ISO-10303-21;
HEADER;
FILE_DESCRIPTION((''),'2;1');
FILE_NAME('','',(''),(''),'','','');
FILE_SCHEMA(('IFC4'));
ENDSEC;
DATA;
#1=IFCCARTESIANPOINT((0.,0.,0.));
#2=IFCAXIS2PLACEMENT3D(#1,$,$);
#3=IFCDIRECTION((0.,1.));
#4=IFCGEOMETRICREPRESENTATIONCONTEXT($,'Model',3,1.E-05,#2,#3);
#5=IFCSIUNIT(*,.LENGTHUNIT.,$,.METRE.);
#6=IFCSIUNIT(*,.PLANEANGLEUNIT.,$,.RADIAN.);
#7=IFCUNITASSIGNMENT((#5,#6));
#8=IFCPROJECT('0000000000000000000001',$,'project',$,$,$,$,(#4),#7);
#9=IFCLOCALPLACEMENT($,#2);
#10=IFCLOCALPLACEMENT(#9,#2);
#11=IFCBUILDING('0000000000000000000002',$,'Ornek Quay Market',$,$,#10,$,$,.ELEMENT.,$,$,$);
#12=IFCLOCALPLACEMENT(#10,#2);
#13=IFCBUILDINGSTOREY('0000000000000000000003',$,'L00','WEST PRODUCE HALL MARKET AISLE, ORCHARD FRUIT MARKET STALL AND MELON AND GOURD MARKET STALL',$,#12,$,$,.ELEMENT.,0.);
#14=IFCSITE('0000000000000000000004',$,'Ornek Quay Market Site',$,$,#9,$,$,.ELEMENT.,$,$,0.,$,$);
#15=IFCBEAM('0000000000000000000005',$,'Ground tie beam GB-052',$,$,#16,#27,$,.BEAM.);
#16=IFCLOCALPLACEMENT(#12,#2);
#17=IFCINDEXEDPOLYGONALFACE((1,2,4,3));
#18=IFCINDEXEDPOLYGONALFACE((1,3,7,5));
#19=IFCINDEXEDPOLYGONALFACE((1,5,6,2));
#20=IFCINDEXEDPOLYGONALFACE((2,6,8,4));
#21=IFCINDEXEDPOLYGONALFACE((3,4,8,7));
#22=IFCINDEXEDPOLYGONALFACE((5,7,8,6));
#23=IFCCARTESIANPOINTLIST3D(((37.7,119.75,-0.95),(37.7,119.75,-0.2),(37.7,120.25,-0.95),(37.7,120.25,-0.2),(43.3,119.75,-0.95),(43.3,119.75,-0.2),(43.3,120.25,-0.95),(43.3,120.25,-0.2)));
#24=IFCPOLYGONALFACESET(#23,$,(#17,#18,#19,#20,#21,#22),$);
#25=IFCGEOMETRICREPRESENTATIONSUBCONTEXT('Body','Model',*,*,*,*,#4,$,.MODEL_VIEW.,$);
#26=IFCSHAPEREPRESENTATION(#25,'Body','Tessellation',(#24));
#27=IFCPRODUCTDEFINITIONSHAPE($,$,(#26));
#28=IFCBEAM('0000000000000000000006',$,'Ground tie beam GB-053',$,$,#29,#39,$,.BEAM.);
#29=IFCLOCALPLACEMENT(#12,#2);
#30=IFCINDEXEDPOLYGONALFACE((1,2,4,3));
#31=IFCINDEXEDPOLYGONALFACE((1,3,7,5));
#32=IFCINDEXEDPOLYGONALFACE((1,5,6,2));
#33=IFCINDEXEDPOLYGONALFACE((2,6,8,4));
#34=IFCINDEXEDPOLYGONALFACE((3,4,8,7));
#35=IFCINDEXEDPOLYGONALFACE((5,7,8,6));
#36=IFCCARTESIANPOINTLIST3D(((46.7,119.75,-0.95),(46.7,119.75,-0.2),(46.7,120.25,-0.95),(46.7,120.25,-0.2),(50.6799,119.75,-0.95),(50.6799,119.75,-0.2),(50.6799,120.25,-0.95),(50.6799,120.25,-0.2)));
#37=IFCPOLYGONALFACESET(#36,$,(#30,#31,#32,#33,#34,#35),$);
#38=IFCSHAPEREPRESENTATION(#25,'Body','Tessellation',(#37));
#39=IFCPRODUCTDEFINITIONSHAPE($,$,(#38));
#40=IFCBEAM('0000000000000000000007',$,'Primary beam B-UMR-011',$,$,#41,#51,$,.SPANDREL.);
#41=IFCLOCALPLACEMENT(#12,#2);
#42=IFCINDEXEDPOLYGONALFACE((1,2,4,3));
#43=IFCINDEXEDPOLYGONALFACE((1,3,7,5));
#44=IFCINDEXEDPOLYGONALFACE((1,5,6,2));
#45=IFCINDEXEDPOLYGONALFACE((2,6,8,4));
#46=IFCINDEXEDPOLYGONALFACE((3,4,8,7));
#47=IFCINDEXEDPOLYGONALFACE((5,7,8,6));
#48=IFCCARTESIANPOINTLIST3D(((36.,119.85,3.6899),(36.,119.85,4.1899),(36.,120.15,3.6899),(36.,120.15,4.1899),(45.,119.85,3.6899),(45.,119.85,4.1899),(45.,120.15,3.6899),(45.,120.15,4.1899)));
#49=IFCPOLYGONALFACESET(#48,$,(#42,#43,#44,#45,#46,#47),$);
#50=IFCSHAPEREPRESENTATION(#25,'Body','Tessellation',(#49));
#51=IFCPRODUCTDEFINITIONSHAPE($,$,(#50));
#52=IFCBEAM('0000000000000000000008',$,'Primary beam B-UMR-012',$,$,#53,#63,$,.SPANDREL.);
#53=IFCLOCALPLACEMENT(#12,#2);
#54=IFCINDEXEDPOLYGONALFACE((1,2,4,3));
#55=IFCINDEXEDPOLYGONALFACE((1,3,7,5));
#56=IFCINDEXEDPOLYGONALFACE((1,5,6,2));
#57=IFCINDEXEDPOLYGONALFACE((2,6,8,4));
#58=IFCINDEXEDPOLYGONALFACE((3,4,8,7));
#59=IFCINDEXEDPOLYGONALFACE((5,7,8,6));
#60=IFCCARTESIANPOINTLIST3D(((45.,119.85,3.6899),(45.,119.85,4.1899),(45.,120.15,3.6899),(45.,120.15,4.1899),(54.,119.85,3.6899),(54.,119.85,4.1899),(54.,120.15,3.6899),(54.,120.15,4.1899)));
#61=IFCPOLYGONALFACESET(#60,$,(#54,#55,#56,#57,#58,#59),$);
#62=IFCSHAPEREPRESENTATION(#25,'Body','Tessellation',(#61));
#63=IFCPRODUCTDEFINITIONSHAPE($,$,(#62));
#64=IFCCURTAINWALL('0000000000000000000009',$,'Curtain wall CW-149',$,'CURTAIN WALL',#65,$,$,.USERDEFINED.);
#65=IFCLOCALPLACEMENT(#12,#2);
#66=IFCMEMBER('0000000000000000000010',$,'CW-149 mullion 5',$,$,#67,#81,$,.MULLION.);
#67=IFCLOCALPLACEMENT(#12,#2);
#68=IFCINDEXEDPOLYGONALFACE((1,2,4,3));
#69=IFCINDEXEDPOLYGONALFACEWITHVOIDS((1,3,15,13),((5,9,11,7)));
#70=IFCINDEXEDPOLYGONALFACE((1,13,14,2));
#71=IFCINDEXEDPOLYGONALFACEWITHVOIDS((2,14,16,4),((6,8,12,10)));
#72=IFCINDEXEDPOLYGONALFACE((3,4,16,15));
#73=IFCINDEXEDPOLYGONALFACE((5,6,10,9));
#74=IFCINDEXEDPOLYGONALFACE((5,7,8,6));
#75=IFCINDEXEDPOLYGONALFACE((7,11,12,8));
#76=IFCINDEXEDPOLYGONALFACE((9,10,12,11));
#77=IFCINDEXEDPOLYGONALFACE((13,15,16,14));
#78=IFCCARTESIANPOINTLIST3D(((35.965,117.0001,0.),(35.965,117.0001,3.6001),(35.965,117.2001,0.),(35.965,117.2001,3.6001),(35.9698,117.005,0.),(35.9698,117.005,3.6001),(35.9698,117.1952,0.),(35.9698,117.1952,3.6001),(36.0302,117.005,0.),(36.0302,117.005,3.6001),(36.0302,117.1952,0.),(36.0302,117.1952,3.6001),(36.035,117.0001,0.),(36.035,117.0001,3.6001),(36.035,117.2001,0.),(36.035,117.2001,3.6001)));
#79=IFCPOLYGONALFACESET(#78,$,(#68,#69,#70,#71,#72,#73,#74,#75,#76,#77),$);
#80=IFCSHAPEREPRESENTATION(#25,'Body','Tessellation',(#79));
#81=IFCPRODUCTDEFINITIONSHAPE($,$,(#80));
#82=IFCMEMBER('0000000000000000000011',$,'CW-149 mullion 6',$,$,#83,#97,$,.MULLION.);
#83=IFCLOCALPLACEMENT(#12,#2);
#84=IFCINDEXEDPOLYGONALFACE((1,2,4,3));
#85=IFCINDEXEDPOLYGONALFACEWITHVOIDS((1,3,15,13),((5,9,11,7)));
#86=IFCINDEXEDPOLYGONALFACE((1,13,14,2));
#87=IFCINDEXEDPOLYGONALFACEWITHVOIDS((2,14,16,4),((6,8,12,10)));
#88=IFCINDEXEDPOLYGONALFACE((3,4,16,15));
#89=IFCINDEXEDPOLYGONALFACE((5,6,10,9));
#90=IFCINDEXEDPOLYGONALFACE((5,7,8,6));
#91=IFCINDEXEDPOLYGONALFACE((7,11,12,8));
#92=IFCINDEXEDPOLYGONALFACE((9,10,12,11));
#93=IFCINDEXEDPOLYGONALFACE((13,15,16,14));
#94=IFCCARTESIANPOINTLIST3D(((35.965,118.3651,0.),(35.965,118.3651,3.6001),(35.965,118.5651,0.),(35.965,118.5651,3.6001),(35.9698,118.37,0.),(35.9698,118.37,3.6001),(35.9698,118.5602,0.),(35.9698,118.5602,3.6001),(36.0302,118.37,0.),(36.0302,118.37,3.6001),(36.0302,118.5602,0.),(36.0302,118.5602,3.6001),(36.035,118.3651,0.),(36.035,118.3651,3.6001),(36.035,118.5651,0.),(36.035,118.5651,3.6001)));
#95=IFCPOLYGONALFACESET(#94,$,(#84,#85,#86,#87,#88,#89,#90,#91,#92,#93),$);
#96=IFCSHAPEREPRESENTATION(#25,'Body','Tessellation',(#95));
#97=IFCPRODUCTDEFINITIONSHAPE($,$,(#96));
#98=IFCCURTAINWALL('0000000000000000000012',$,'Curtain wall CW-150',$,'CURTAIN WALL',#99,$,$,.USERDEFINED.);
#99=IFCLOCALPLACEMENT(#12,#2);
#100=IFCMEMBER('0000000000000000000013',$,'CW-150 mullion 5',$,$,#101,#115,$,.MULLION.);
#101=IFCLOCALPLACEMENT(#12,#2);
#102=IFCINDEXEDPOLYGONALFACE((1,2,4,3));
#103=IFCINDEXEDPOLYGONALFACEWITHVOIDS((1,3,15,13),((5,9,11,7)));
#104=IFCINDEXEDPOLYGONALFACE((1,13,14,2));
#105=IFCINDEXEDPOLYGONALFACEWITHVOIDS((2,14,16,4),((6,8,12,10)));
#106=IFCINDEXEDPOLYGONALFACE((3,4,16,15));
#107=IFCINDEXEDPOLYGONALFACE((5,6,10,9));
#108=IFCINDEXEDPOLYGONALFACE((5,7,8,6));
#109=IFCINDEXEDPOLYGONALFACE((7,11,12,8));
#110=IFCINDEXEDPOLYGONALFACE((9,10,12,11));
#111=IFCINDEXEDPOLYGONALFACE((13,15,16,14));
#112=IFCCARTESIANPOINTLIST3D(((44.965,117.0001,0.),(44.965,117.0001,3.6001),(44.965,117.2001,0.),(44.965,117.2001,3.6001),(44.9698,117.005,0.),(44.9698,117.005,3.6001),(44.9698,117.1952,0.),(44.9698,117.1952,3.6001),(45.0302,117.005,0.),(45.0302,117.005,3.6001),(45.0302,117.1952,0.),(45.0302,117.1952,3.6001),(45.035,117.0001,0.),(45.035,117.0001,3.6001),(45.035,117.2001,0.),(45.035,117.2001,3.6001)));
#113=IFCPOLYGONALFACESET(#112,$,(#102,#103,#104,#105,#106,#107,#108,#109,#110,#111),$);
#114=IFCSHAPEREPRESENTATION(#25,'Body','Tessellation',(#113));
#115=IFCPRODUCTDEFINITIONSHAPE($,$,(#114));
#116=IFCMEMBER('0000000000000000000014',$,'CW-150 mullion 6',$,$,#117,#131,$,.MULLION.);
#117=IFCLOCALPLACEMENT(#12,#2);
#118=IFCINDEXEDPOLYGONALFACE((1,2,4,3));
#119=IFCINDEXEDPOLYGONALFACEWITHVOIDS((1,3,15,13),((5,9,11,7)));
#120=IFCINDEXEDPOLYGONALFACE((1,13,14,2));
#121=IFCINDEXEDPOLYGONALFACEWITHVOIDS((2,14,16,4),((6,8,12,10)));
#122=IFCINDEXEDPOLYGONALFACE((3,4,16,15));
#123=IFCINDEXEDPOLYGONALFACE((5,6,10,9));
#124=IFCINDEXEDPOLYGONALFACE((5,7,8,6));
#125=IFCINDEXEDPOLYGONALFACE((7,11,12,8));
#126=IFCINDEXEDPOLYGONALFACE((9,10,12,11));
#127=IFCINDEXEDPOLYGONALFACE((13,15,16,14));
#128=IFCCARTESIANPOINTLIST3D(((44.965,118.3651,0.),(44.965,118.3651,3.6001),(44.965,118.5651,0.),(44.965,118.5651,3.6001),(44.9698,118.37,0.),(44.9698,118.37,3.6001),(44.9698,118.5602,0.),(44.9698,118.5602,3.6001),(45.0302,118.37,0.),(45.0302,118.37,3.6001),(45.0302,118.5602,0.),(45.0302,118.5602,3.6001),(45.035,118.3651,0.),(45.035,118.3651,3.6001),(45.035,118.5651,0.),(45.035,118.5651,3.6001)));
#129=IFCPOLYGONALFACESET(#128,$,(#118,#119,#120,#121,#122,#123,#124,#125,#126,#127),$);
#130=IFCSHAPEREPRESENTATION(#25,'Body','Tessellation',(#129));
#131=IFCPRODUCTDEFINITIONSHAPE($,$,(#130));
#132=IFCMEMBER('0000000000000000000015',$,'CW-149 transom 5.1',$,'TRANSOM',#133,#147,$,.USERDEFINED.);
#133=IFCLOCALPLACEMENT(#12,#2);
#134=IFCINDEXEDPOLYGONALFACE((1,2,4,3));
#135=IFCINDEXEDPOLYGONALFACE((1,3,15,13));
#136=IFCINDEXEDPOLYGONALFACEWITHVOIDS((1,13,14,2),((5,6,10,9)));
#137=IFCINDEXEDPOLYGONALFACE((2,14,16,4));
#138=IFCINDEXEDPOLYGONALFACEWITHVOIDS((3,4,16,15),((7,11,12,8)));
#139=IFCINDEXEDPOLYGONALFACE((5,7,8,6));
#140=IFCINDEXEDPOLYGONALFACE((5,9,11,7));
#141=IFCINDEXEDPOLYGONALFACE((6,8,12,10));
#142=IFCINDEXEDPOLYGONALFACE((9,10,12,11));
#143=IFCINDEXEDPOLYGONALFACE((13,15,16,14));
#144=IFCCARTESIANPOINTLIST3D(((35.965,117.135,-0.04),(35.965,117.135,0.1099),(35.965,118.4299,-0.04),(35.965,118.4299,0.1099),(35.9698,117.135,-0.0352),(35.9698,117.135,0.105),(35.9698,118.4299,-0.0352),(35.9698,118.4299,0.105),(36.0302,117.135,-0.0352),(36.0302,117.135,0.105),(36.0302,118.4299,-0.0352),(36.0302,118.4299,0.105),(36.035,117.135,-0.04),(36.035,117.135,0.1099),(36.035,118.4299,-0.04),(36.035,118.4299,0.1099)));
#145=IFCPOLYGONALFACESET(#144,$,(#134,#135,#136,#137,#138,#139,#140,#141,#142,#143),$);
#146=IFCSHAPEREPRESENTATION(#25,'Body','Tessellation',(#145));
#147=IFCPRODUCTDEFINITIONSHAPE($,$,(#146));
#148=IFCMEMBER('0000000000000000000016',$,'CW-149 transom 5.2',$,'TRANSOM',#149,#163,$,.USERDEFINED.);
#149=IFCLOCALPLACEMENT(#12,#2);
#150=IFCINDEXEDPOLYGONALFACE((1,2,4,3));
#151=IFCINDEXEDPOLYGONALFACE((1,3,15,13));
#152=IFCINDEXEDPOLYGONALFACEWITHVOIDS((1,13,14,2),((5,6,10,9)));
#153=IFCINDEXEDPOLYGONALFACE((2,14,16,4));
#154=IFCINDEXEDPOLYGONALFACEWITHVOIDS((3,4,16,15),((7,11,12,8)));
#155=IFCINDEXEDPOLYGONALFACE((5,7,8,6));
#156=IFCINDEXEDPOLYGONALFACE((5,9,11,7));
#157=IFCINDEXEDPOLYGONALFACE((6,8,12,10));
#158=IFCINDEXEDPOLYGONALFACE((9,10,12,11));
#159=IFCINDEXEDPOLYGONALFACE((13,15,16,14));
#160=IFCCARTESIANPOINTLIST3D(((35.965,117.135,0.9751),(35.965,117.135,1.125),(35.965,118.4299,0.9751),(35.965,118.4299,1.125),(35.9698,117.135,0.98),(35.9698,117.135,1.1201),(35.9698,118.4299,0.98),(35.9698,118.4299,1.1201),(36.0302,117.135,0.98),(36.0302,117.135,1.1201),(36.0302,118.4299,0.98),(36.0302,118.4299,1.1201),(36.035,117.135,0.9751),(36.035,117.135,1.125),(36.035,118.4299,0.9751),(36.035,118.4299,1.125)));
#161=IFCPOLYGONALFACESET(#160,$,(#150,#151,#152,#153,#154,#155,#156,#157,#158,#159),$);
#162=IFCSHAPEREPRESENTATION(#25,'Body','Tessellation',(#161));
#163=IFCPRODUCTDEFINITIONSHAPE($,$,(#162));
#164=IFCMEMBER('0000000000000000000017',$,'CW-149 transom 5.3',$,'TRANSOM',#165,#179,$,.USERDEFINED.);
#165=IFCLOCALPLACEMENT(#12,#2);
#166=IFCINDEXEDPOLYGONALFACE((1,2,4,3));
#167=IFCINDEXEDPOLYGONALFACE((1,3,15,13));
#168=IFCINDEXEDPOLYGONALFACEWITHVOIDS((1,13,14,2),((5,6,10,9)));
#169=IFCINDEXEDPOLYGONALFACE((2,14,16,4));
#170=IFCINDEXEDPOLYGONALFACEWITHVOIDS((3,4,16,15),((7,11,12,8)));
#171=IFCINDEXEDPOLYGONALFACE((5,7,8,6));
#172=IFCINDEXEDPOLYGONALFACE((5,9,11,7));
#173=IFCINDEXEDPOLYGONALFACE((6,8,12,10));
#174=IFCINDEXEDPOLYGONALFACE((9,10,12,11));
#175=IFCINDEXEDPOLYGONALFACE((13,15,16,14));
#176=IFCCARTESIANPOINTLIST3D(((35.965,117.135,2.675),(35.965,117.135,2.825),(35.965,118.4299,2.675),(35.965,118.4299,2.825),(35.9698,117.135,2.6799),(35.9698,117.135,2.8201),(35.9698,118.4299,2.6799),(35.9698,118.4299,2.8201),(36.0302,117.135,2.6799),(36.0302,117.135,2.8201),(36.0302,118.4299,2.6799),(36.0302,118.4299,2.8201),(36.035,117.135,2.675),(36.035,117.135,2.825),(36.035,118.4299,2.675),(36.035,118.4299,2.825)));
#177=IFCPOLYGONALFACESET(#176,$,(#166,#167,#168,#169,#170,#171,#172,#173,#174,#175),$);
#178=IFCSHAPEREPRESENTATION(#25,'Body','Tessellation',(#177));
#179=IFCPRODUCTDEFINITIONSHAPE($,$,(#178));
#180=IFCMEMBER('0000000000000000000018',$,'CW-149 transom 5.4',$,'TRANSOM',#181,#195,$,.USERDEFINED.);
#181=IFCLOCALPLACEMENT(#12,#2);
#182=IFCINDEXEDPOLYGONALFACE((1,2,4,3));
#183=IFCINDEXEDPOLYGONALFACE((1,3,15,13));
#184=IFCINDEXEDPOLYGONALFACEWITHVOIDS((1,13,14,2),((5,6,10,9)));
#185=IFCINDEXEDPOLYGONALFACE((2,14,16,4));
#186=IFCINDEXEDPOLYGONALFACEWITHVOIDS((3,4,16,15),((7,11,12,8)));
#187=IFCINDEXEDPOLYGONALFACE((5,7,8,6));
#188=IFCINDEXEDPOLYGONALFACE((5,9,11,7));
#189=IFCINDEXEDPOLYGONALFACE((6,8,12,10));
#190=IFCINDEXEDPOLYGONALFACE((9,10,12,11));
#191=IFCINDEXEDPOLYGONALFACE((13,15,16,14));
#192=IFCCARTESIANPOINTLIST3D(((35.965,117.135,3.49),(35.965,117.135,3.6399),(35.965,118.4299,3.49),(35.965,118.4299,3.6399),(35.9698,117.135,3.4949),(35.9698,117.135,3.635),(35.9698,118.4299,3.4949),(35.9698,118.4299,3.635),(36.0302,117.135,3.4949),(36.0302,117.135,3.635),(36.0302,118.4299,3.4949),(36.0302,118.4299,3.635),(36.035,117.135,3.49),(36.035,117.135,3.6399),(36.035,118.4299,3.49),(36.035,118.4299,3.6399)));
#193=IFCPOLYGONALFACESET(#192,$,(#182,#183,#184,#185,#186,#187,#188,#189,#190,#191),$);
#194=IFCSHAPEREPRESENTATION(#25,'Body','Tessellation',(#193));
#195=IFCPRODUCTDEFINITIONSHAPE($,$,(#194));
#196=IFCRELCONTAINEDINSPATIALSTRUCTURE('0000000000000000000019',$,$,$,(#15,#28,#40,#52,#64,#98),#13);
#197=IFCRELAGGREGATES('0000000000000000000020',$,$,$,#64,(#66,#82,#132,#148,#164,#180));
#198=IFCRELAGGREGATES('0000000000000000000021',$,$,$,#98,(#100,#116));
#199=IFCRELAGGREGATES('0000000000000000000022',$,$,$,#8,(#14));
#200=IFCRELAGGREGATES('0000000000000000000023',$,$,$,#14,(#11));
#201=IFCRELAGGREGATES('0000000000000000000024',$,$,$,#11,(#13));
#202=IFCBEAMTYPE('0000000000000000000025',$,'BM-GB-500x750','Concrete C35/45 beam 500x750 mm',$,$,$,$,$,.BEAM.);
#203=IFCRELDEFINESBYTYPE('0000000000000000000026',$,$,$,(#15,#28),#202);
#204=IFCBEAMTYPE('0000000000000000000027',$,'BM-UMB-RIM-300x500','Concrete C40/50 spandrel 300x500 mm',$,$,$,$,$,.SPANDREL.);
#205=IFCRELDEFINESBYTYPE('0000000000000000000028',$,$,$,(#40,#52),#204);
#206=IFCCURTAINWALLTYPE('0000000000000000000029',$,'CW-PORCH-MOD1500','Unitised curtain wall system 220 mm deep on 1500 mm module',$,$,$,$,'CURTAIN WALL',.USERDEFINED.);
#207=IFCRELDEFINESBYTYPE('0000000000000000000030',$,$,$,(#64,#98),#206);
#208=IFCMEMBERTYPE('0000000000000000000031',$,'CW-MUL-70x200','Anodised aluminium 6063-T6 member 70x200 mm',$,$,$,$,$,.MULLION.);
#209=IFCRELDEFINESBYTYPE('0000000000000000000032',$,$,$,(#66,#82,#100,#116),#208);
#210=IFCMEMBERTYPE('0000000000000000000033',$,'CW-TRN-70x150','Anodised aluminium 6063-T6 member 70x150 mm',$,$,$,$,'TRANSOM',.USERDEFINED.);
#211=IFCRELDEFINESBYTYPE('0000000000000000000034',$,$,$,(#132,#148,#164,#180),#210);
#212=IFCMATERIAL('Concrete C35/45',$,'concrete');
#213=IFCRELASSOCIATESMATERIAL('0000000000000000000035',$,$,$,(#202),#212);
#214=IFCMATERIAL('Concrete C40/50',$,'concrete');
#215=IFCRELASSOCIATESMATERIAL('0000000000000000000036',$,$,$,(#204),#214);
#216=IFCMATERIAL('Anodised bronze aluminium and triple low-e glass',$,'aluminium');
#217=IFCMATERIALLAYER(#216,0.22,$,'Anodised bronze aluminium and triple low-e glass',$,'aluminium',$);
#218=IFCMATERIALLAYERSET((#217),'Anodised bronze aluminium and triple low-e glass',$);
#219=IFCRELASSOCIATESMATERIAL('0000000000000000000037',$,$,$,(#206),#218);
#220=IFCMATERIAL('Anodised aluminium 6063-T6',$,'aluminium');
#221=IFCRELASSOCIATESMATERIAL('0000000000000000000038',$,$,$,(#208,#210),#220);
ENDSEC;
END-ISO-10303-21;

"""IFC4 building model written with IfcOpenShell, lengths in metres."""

from ifc_helpers import new_model, si_unit, direction, frame, origin, origin_2d, place, context, subcontext, project, spatial, rectangle, hollow_rectangle, extrude, material, layer, layer_set, material_profile, profile_set, type_object, element, aggregate, save


model = new_model("IFC4")

# Units and contexts
model_context = context("Model", 3, precision=1e-05, world=origin(), true_north=direction((0.0, 1.0)))
body_context = subcontext(model_context, "Body", "Model", "MODEL_VIEW")
ifc_project = project(units=[si_unit("LENGTHUNIT", "METRE"), si_unit("PLANEANGLEUNIT", "RADIAN")], contexts=[model_context])

# Site, building, storey
site_placement = place(None, origin())
site = spatial("IfcSite", under=ifc_project, at=site_placement, Name="Ornek Quay Market Site", CompositionType="ELEMENT", RefElevation=0.0)
building_placement = place(site_placement, origin())
building = spatial("IfcBuilding", under=site, at=building_placement, Name="Ornek Quay Market", CompositionType="ELEMENT")
storey_placement = place(building_placement, origin())
storey = spatial("IfcBuildingStorey", under=building, at=storey_placement, Name="L00", Description="WEST PRODUCE HALL MARKET AISLE, ORCHARD FRUIT MARKET STALL AND MELON AND GOURD MARKET STALL", CompositionType="ELEMENT", Elevation=0.0)

# Shared definitions
ifc_material_1 = material(Name="Concrete C35/45", Category="concrete")

# Shared definitions
ifc_material_2 = material(Name="Concrete C40/50", Category="concrete")

# Beams
ifc_material_profile_1 = material_profile(ifc_material_1, rectangle(XDim=0.5, YDim=0.75, at=origin_2d()), Name="RC 500x750", Category="concrete")
ifc_profile_set_1 = profile_set([ifc_material_profile_1], Name="Concrete C35/45")
beam_type_1 = type_object("IfcBeamType", Name="BM-GB-500x750", Description="Concrete C35/45 beam 500x750 mm", PredefinedType="BEAM", material=ifc_profile_set_1)
beam_1_placement = place(storey_placement, frame((37.7, 120.0, -0.575), z_axis=(1.0, 0.0, 0.0), x_axis=(0.0, 1.0, 0.0)))
element("IfcBeam", 1, at=beam_1_placement, inside=storey, type_object=beam_type_1, Name="Ground tie beam GB-052", PredefinedType="BEAM", context=body_context, shape_type="SweptSolid", body=[
    extrude(rectangle(XDim=0.5, YDim=0.75, at=origin_2d()), origin(), (0.0, 0.0, 1.0), 5.6001),
])
beam_2_placement = place(storey_placement, frame((46.7, 120.0, -0.575), z_axis=(1.0, 0.0, 0.0), x_axis=(0.0, 1.0, 0.0)))
element("IfcBeam", 2, at=beam_2_placement, inside=storey, type_object=beam_type_1, Name="Ground tie beam GB-053", PredefinedType="BEAM", context=body_context, shape_type="SweptSolid", body=[
    extrude(rectangle(XDim=0.5, YDim=0.75, at=origin_2d()), origin(), (0.0, 0.0, 1.0), 3.98),
])
ifc_material_profile_2 = material_profile(ifc_material_2, rectangle(XDim=0.3, YDim=0.5, at=origin_2d()), Name="RC 300x500", Category="concrete")
ifc_profile_set_2 = profile_set([ifc_material_profile_2], Name="Concrete C40/50")
beam_type_2 = type_object("IfcBeamType", Name="BM-UMB-RIM-300x500", Description="Concrete C40/50 spandrel 300x500 mm", PredefinedType="SPANDREL", material=ifc_profile_set_2)
for number, where, z_axis, x_axis, name in (
    (3, (36.0, 120.0, 3.9399), (1.0, 0.0, 0.0), (0.0, 1.0, 0.0), "Primary beam B-UMR-011"),
    (4, (45.0, 120.0, 3.9399), (1.0, 0.0, 0.0), (0.0, 1.0, 0.0), "Primary beam B-UMR-012"),
):
    element("IfcBeam", number, at=place(storey_placement, frame(where, z_axis=z_axis, x_axis=x_axis)), inside=storey, type_object=beam_type_2, Name=name, PredefinedType="SPANDREL", context=body_context, shape_type="SweptSolid", body=[
        extrude(rectangle(XDim=0.3, YDim=0.5, at=origin_2d()), origin(), (0.0, 0.0, 1.0), 9.0),
    ])

# Curtain walls, members
ifc_material_3 = material(Name="Anodised bronze aluminium and triple low-e glass", Category="aluminium")
ifc_layer_1 = layer(ifc_material_3, 0.22, Name="Anodised bronze aluminium and triple low-e glass", Category="aluminium")
ifc_layer_set_1 = layer_set([ifc_layer_1], Name="Anodised bronze aluminium and triple low-e glass")
curtain_wall_type = type_object("IfcCurtainWallType", Name="CW-PORCH-MOD1500", Description="Unitised curtain wall system 220 mm deep on 1500 mm module", ElementType="CURTAIN WALL", PredefinedType="USERDEFINED", material=ifc_layer_set_1)
curtain_wall_1_placement = place(storey_placement, origin())
curtain_wall_1 = element("IfcCurtainWall", 5, at=curtain_wall_1_placement, inside=storey, type_object=curtain_wall_type, Name="Curtain wall CW-149", ObjectType="CURTAIN WALL", PredefinedType="USERDEFINED")
ifc_material_4 = material(Name="Anodised aluminium 6063-T6", Category="aluminium")
ifc_material_profile_3 = material_profile(ifc_material_4, hollow_rectangle(XDim=0.0701, YDim=0.2, WallThickness=0.0049, at=origin_2d()), Name="CW-MUL-70x200", Category="aluminium")
ifc_profile_set_3 = profile_set([ifc_material_profile_3], Name="Anodised aluminium 6063-T6")
member_type_1 = type_object("IfcMemberType", Name="CW-MUL-70x200", Description="Anodised aluminium 6063-T6 member 70x200 mm", PredefinedType="MULLION", material=ifc_profile_set_3)
member_1_placement = place(storey_placement, frame((36.0, 117.1001, 0.0), z_axis=(0.0, 0.0, 1.0), x_axis=(-1.0, 0.0, 0.0)))
member_1 = element("IfcMember", 6, at=member_1_placement, type_object=member_type_1, Name="CW-149 mullion 5", PredefinedType="MULLION", context=body_context, shape_type="SweptSolid", body=[
    extrude(hollow_rectangle(XDim=0.0701, YDim=0.2, WallThickness=0.0049, at=origin_2d()), origin(), (0.0, 0.0, 1.0), 3.6001),
])
member_2_placement = place(storey_placement, frame((36.0, 118.4651, 0.0), z_axis=(0.0, 0.0, 1.0), x_axis=(-1.0, 0.0, 0.0)))
member_2 = element("IfcMember", 7, at=member_2_placement, type_object=member_type_1, Name="CW-149 mullion 6", PredefinedType="MULLION", context=body_context, shape_type="SweptSolid", body=[
    extrude(hollow_rectangle(XDim=0.0701, YDim=0.2, WallThickness=0.0049, at=origin_2d()), origin(), (0.0, 0.0, 1.0), 3.6001),
])
curtain_wall_2_placement = place(storey_placement, origin())
curtain_wall_2 = element("IfcCurtainWall", 8, at=curtain_wall_2_placement, inside=storey, type_object=curtain_wall_type, Name="Curtain wall CW-150", ObjectType="CURTAIN WALL", PredefinedType="USERDEFINED")
member_3_placement = place(storey_placement, frame((45.0, 117.1001, 0.0), z_axis=(0.0, 0.0, 1.0), x_axis=(-1.0, 0.0, 0.0)))
member_3 = element("IfcMember", 9, at=member_3_placement, type_object=member_type_1, Name="CW-150 mullion 5", PredefinedType="MULLION", context=body_context, shape_type="SweptSolid", body=[
    extrude(hollow_rectangle(XDim=0.0701, YDim=0.2, WallThickness=0.0049, at=origin_2d()), origin(), (0.0, 0.0, 1.0), 3.6001),
])
member_4_placement = place(storey_placement, frame((45.0, 118.4651, 0.0), z_axis=(0.0, 0.0, 1.0), x_axis=(-1.0, 0.0, 0.0)))
member_4 = element("IfcMember", 10, at=member_4_placement, type_object=member_type_1, Name="CW-150 mullion 6", PredefinedType="MULLION", context=body_context, shape_type="SweptSolid", body=[
    extrude(hollow_rectangle(XDim=0.0701, YDim=0.2, WallThickness=0.0049, at=origin_2d()), origin(), (0.0, 0.0, 1.0), 3.6001),
])

# Members
ifc_material_profile_4 = material_profile(ifc_material_4, hollow_rectangle(XDim=0.0701, YDim=0.1499, WallThickness=0.0049, at=origin_2d()), Name="CW-TRN-70x150", Category="aluminium")
ifc_profile_set_4 = profile_set([ifc_material_profile_4], Name="Anodised aluminium 6063-T6")
member_type_2 = type_object("IfcMemberType", Name="CW-TRN-70x150", Description="Anodised aluminium 6063-T6 member 70x150 mm", ElementType="TRANSOM", PredefinedType="USERDEFINED", material=ifc_profile_set_4)
member_5_placement = place(storey_placement, frame((36.0, 117.135, 0.0349), z_axis=(0.0, 1.0, 0.0), x_axis=(-1.0, 0.0, 0.0)))
member_5 = element("IfcMember", 11, at=member_5_placement, type_object=member_type_2, Name="CW-149 transom 5.1", ObjectType="TRANSOM", PredefinedType="USERDEFINED", context=body_context, shape_type="SweptSolid", body=[
    extrude(hollow_rectangle(XDim=0.0701, YDim=0.1499, WallThickness=0.0049, at=origin_2d()), origin(), (0.0, 0.0, 1.0), 1.2949),
])
member_6_placement = place(storey_placement, frame((36.0, 117.135, 1.05), z_axis=(0.0, 1.0, 0.0), x_axis=(-1.0, 0.0, 0.0)))
member_6 = element("IfcMember", 12, at=member_6_placement, type_object=member_type_2, Name="CW-149 transom 5.2", ObjectType="TRANSOM", PredefinedType="USERDEFINED", context=body_context, shape_type="SweptSolid", body=[
    extrude(hollow_rectangle(XDim=0.0701, YDim=0.1499, WallThickness=0.0049, at=origin_2d()), origin(), (0.0, 0.0, 1.0), 1.2949),
])
member_7_placement = place(storey_placement, frame((36.0, 117.135, 2.75), z_axis=(0.0, 1.0, 0.0), x_axis=(-1.0, 0.0, 0.0)))
member_7 = element("IfcMember", 13, at=member_7_placement, type_object=member_type_2, Name="CW-149 transom 5.3", ObjectType="TRANSOM", PredefinedType="USERDEFINED", context=body_context, shape_type="SweptSolid", body=[
    extrude(hollow_rectangle(XDim=0.0701, YDim=0.1499, WallThickness=0.0049, at=origin_2d()), origin(), (0.0, 0.0, 1.0), 1.2949),
])
member_8_placement = place(storey_placement, frame((36.0, 117.135, 3.5649), z_axis=(0.0, 1.0, 0.0), x_axis=(-1.0, 0.0, 0.0)))
member_8 = element("IfcMember", 14, at=member_8_placement, type_object=member_type_2, Name="CW-149 transom 5.4", ObjectType="TRANSOM", PredefinedType="USERDEFINED", context=body_context, shape_type="SweptSolid", body=[
    extrude(hollow_rectangle(XDim=0.0701, YDim=0.1499, WallThickness=0.0049, at=origin_2d()), origin(), (0.0, 0.0, 1.0), 1.2949),
])

aggregate(curtain_wall_1, [member_1, member_2, member_5, member_6, member_7, member_8])
aggregate(curtain_wall_2, [member_3, member_4])

save(model, "model.ifc")
